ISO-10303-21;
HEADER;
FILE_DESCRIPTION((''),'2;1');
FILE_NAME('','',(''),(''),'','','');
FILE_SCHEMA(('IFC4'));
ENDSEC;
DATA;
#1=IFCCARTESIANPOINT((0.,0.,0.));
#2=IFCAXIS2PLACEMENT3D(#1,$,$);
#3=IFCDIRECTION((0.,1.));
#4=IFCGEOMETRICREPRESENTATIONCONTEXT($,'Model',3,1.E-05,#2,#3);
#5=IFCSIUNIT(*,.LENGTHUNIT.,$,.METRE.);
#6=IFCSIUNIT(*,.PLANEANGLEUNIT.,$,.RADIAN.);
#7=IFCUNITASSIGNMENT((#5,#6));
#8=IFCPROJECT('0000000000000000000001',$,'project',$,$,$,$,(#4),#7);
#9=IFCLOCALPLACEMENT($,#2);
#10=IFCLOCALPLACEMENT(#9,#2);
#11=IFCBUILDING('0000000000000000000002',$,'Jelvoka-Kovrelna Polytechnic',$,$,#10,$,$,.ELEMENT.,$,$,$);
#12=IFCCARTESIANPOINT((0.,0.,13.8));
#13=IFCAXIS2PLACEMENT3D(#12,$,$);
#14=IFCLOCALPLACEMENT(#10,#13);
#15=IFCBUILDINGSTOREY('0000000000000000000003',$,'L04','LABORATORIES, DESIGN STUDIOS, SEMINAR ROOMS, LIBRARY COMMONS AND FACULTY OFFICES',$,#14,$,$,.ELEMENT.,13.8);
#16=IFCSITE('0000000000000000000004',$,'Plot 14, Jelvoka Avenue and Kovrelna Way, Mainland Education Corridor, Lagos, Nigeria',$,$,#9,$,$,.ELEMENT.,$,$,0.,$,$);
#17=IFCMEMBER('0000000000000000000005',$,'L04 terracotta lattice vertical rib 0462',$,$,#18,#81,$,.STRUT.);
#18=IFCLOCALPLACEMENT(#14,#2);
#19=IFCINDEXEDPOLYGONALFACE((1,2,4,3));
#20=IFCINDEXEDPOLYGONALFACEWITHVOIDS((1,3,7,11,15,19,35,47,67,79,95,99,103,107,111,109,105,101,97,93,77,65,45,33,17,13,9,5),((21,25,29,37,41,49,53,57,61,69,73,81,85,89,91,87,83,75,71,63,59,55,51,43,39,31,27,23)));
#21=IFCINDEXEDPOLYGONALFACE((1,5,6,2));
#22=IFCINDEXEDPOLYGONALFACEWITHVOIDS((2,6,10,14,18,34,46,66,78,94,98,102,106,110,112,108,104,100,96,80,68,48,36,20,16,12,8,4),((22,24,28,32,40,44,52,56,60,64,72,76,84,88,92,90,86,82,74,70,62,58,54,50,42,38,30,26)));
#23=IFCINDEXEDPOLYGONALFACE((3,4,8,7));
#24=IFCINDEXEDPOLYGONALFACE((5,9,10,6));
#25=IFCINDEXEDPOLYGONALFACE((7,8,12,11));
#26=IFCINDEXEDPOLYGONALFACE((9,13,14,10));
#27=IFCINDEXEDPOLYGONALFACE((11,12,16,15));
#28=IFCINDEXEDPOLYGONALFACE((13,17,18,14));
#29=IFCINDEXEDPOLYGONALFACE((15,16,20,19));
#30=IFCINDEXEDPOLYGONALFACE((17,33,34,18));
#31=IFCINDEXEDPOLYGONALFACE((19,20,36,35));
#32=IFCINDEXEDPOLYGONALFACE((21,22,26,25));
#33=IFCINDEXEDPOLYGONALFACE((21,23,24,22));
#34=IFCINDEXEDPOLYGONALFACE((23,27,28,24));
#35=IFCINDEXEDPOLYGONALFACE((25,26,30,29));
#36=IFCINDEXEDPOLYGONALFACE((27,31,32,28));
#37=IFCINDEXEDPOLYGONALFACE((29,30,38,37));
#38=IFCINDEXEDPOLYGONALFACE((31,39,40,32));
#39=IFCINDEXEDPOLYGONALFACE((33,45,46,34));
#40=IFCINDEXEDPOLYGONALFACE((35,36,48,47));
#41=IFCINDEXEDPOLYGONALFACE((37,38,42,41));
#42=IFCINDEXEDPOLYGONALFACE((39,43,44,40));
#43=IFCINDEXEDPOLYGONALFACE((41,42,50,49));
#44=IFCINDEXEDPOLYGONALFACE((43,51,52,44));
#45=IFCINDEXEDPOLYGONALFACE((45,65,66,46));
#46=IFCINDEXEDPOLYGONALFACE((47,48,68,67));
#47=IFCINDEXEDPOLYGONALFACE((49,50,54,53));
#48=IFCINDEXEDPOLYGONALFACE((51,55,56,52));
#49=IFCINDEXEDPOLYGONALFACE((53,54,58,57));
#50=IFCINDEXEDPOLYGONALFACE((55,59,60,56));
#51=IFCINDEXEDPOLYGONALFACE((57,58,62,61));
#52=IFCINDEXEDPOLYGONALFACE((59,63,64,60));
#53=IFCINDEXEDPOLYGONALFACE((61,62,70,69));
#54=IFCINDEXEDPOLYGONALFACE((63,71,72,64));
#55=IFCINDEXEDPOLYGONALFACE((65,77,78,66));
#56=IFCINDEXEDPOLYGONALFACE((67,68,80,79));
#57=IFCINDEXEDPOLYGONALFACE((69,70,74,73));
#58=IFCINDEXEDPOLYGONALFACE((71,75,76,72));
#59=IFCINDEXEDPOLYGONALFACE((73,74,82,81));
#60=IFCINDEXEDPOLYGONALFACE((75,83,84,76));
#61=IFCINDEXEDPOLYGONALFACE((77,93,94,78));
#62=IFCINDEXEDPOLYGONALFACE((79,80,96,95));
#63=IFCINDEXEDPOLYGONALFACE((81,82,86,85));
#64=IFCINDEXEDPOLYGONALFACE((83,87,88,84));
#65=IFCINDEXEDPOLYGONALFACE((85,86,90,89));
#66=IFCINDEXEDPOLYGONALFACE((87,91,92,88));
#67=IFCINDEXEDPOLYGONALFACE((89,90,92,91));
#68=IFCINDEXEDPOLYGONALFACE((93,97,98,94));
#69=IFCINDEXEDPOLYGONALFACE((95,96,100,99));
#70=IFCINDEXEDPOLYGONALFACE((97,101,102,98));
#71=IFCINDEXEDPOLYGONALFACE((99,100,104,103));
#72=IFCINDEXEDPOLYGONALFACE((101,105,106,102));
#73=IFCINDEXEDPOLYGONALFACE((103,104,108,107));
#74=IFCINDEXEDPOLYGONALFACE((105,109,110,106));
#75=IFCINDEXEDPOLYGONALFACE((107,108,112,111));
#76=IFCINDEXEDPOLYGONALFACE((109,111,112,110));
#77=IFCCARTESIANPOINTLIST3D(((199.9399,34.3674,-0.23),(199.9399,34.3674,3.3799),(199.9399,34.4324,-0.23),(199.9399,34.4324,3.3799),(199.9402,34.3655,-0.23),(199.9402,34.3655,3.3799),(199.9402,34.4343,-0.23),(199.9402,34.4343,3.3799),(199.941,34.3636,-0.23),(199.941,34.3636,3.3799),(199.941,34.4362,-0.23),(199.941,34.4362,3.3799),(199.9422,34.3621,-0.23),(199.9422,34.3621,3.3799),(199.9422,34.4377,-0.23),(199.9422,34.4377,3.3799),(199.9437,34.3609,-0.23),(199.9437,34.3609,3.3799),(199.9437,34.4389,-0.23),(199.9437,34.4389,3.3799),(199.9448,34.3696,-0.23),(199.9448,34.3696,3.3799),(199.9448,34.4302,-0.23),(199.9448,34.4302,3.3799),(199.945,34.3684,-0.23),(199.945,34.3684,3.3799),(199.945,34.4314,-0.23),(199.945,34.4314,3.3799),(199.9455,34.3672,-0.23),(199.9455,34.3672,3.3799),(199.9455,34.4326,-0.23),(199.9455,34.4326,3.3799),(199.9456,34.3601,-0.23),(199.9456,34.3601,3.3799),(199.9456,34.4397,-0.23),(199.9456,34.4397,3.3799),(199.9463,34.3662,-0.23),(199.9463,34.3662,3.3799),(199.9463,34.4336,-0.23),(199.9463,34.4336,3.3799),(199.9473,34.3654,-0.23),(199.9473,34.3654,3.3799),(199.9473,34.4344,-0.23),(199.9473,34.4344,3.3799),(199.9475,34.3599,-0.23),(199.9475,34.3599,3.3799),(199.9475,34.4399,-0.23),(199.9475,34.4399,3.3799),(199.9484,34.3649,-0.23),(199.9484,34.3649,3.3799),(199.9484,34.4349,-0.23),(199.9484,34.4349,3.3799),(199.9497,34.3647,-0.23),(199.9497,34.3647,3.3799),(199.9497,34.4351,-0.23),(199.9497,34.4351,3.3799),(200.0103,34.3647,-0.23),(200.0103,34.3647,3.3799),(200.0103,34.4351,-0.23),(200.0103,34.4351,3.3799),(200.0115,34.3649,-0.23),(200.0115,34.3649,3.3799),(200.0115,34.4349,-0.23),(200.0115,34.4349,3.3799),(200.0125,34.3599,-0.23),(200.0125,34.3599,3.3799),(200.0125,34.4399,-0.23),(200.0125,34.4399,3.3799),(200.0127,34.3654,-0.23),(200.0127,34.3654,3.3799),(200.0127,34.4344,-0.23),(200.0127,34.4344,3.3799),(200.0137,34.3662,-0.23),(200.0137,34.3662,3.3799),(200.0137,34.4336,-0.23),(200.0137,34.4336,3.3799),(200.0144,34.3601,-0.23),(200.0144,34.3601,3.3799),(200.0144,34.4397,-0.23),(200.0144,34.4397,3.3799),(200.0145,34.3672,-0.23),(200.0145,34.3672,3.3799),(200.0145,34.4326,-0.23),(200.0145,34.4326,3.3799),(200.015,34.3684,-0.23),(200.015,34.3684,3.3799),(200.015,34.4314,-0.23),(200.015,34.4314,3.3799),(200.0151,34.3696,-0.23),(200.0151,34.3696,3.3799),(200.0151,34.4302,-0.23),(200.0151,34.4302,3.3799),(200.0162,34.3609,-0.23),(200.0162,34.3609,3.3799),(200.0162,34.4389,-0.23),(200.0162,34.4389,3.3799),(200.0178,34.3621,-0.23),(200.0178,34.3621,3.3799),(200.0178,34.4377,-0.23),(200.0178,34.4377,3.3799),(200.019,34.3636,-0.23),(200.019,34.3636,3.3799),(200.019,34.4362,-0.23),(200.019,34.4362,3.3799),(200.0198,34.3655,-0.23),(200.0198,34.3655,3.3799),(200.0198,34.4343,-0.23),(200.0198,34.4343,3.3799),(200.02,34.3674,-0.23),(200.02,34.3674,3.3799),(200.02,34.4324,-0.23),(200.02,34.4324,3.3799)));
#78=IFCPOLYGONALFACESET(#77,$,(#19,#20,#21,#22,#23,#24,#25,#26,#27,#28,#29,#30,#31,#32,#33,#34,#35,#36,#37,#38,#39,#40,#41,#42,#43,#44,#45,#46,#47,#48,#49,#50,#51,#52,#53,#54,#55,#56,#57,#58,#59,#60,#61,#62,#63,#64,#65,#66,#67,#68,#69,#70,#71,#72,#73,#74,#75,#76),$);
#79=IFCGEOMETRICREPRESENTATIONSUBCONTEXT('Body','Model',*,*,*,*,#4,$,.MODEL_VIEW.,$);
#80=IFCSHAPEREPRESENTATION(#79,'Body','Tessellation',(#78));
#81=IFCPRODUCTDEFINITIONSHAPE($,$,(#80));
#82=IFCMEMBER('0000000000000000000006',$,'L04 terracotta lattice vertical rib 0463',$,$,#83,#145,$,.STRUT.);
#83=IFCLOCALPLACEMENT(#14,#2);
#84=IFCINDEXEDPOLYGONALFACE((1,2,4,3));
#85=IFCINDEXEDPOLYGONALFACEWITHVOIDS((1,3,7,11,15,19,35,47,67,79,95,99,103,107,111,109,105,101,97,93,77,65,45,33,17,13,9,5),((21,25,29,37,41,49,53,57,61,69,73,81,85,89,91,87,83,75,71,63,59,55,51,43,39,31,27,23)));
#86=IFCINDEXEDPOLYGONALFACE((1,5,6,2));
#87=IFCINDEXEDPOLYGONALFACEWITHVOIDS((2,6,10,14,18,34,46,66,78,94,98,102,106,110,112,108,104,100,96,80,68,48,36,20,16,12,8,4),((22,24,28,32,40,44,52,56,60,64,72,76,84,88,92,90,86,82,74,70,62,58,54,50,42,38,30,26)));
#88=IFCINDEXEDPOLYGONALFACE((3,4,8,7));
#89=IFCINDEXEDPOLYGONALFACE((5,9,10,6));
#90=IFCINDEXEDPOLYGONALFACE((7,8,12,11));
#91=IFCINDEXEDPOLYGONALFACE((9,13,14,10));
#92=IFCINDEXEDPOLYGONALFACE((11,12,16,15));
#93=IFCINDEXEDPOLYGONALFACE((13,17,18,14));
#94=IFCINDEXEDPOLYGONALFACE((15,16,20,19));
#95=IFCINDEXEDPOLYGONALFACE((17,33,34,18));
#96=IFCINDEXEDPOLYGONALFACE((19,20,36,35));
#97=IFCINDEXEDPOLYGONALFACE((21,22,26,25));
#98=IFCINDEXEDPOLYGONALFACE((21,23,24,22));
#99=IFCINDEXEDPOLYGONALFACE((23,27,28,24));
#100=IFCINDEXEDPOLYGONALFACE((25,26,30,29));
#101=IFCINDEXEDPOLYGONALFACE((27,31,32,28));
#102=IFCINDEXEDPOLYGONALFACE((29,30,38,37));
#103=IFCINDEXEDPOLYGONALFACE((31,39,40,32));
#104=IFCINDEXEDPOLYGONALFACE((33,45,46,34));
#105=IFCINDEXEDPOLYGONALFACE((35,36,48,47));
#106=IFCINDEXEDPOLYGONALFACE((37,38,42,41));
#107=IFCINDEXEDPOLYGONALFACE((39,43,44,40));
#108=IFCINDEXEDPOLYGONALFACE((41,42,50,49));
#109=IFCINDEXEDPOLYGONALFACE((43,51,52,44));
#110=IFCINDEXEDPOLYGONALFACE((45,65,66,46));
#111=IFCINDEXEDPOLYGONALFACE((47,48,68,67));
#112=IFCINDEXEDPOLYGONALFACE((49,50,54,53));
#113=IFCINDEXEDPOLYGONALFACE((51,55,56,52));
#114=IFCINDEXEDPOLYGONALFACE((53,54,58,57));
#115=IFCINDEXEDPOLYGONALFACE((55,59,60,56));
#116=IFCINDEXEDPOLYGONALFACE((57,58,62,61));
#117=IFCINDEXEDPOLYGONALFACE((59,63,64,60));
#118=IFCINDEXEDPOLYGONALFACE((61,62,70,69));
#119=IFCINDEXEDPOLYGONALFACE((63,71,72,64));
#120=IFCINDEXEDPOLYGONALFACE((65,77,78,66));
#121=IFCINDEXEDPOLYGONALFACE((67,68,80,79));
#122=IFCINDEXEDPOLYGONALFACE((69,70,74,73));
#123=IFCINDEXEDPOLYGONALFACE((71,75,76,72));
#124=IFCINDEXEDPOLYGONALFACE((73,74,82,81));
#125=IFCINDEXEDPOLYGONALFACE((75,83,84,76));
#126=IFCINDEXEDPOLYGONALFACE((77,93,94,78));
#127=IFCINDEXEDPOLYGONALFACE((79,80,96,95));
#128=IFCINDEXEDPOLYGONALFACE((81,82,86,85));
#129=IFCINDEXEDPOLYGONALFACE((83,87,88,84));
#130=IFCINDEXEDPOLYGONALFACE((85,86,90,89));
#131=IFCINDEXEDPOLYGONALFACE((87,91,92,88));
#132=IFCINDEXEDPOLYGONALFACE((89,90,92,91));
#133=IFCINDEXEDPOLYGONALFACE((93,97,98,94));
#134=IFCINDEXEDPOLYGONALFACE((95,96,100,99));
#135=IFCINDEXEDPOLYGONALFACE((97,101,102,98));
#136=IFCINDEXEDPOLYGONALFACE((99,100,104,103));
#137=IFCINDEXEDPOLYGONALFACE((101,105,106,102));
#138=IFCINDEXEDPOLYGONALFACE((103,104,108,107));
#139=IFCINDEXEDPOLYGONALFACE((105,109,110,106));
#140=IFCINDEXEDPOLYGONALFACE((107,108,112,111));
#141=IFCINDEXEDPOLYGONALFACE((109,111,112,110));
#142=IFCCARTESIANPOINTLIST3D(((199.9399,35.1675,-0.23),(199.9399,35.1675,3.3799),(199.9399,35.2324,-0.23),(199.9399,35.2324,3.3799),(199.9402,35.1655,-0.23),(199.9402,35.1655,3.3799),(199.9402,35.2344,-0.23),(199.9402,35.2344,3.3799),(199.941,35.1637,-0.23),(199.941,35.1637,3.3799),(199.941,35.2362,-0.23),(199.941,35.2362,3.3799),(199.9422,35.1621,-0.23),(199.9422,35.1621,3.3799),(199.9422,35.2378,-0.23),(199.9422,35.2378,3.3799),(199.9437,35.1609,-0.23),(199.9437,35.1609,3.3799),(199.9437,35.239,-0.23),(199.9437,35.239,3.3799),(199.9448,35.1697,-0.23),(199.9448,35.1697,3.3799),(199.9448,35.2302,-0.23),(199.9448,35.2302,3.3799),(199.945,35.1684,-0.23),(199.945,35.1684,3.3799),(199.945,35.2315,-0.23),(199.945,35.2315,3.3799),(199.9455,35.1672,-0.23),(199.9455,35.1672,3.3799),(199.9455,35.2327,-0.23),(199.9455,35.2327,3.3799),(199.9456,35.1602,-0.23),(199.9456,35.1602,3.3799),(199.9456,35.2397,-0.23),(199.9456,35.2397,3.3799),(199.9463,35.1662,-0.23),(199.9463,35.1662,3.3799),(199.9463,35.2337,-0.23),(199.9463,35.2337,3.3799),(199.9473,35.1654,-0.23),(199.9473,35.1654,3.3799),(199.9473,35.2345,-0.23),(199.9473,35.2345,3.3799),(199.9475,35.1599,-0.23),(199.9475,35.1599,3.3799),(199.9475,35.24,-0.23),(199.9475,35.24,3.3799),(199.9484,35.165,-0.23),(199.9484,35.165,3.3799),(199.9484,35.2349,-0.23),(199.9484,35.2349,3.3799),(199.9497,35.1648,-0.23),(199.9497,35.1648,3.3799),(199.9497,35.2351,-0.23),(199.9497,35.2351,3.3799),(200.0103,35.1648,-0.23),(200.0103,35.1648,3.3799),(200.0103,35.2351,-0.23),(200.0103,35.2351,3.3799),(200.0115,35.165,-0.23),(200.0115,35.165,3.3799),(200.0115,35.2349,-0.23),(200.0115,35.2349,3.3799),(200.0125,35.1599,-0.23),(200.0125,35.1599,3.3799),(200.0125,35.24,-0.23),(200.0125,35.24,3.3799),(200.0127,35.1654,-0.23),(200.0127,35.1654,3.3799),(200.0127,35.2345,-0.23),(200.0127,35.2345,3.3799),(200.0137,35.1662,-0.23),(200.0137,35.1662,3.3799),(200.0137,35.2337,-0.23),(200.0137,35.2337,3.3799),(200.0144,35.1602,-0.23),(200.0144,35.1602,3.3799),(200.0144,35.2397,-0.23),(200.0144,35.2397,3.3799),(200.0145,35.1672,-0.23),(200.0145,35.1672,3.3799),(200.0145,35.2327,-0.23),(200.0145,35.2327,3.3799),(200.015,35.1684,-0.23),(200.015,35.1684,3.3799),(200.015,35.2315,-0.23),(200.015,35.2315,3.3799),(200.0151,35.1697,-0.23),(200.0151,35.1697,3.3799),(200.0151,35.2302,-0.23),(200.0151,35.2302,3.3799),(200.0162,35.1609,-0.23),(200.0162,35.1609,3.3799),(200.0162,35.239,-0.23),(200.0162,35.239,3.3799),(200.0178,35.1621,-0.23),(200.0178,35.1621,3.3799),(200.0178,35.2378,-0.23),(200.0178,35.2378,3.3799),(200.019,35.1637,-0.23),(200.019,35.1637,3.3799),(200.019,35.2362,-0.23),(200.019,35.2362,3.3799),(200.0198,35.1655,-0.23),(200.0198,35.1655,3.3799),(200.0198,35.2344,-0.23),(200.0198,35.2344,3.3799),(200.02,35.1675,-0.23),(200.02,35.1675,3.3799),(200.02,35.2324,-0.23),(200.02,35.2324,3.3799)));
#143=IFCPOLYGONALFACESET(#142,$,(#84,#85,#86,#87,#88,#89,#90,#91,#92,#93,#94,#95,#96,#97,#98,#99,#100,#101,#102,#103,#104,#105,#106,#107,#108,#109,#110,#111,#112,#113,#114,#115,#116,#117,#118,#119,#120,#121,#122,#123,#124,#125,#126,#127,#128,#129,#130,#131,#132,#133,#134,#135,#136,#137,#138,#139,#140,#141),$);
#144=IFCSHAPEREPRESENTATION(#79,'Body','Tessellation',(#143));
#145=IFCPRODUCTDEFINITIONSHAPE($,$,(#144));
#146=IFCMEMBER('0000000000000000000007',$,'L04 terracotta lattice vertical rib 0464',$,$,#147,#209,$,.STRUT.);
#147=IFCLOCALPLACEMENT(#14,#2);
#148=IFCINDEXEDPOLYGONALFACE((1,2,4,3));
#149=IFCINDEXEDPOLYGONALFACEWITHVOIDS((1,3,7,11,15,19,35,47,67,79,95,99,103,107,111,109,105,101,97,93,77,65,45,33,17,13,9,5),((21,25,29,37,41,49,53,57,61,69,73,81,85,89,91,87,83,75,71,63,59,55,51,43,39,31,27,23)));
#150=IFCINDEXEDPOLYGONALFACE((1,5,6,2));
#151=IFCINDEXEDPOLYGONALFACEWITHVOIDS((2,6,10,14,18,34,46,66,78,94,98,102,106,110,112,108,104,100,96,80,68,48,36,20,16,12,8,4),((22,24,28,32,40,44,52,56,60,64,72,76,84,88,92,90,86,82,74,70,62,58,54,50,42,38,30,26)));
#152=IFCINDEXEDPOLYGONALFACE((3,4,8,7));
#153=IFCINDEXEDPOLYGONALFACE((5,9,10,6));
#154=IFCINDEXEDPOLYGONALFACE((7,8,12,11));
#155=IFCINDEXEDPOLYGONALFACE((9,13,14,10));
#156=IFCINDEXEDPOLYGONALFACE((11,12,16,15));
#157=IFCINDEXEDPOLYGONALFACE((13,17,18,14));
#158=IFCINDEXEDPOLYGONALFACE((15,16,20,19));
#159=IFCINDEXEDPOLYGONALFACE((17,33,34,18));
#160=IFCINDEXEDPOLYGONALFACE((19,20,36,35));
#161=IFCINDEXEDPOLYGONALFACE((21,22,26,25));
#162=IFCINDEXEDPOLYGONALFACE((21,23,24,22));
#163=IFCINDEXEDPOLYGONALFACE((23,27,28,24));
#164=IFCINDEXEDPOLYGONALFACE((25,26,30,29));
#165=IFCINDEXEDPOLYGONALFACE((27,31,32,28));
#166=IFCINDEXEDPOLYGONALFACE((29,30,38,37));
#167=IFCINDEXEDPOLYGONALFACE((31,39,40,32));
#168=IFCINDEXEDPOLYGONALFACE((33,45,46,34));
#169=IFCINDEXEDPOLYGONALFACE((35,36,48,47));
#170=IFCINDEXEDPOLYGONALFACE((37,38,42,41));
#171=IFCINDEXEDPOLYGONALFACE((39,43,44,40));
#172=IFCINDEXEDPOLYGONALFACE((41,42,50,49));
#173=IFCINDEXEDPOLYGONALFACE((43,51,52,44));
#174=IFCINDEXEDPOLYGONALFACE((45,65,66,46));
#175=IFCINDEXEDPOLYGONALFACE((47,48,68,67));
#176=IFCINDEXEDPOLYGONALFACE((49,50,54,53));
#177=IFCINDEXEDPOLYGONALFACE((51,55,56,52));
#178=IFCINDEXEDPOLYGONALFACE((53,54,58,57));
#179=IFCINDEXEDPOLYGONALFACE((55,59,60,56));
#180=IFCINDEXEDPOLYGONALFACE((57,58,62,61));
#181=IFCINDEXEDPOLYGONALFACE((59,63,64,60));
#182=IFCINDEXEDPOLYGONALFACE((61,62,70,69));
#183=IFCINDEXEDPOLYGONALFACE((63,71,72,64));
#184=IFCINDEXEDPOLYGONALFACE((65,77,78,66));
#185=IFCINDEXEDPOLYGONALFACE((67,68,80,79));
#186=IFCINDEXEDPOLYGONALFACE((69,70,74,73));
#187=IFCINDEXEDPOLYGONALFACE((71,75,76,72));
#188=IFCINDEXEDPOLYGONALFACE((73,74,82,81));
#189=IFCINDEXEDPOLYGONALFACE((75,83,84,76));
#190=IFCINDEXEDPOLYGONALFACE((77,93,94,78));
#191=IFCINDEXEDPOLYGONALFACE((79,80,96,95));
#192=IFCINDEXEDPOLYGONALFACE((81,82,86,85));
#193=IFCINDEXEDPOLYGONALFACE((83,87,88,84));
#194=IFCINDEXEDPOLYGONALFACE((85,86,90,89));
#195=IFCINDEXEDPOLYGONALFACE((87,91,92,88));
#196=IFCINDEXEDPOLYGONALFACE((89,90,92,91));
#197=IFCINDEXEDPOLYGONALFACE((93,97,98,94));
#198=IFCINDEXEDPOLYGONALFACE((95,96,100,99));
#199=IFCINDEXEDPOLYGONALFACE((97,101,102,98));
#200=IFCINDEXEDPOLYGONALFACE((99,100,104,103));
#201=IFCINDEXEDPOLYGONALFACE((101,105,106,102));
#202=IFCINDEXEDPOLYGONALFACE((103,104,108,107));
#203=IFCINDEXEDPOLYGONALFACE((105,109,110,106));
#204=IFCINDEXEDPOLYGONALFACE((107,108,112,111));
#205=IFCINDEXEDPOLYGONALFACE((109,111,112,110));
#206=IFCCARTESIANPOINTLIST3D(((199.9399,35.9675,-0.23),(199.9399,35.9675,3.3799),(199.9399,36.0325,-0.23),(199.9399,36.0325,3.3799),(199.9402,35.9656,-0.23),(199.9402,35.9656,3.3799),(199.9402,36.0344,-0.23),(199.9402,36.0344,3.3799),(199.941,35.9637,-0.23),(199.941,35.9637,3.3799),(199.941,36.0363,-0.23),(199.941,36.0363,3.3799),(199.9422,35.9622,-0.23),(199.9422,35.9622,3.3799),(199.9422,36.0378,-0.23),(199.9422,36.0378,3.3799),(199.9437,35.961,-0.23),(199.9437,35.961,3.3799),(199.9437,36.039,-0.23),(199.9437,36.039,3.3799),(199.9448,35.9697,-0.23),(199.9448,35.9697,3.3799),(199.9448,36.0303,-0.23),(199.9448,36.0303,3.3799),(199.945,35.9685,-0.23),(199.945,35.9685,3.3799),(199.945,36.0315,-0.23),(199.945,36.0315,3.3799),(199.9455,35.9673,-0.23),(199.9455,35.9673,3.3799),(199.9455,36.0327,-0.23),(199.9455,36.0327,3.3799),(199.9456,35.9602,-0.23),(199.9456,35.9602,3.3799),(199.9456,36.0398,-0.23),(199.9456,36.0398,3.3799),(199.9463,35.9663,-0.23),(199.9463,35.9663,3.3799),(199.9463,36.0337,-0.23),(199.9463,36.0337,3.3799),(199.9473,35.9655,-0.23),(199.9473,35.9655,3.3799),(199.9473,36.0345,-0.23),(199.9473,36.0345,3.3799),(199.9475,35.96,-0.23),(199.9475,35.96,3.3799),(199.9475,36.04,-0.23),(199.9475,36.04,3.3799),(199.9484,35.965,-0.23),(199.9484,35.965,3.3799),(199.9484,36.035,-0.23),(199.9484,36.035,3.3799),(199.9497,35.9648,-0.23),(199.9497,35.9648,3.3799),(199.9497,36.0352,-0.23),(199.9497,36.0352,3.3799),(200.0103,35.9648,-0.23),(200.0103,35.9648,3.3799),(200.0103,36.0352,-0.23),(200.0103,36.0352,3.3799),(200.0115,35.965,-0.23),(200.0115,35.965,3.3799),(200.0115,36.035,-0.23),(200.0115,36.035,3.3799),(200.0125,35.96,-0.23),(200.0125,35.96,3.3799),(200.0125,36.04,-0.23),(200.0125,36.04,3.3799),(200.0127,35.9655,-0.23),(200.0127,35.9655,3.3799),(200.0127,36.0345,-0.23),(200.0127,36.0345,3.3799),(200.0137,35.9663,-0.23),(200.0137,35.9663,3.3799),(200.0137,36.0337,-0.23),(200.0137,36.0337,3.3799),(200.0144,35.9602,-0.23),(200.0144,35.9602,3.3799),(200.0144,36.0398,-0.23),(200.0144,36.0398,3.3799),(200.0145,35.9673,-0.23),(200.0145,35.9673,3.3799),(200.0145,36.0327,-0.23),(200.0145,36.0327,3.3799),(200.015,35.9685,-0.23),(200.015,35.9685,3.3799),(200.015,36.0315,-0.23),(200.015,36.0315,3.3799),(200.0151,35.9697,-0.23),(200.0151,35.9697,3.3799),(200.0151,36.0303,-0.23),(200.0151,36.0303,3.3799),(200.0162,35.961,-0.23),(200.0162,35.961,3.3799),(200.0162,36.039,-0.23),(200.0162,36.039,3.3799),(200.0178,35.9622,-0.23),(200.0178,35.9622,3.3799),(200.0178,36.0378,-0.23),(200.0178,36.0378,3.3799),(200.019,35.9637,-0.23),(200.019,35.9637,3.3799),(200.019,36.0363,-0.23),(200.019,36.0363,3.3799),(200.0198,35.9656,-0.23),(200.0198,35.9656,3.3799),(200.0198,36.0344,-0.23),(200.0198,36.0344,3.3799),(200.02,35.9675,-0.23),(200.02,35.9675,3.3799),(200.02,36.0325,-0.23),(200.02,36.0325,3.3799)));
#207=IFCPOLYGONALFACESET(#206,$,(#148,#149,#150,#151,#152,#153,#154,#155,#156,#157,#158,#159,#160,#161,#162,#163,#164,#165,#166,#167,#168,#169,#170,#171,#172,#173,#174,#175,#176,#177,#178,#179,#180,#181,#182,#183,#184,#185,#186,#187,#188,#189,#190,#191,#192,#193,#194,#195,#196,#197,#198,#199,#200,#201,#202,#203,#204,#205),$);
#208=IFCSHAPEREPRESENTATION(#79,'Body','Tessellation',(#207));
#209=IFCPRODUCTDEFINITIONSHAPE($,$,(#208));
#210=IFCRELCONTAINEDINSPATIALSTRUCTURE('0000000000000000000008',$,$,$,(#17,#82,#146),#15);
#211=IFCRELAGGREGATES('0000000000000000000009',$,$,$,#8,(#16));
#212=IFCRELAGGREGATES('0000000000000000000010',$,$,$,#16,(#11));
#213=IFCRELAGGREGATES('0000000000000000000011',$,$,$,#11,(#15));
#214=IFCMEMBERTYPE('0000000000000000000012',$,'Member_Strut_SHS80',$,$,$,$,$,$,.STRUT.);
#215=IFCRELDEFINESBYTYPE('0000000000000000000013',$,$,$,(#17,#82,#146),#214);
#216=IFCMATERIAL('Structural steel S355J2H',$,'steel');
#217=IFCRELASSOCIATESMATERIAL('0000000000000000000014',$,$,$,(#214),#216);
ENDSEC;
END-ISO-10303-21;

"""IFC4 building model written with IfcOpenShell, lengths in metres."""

from ifc_helpers import new_model, si_unit, direction, frame, origin, origin_2d, place, context, subcontext, project, spatial, hollow_rectangle, extrude, material, material_profile, profile_set, type_object, element, save


model = new_model("IFC4")

# Units and contexts
model_context = context("Model", 3, precision=1e-05, world=origin(), true_north=direction((0.0, 1.0)))
body_context = subcontext(model_context, "Body", "Model", "MODEL_VIEW")
ifc_project = project(units=[si_unit("LENGTHUNIT", "METRE"), si_unit("PLANEANGLEUNIT", "RADIAN")], contexts=[model_context])

# Site, building, storey
site_placement = place(None, origin())
site = spatial("IfcSite", under=ifc_project, at=site_placement, Name="Plot 14, Jelvoka Avenue and Kovrelna Way, Mainland Education Corridor, Lagos, Nigeria", CompositionType="ELEMENT", RefElevation=0.0)
building_placement = place(site_placement, origin())
building = spatial("IfcBuilding", under=site, at=building_placement, Name="Jelvoka-Kovrelna Polytechnic", CompositionType="ELEMENT")
storey_placement = place(building_placement, frame((0.0, 0.0, 13.8)))
storey = spatial("IfcBuildingStorey", under=building, at=storey_placement, Name="L04", Description="LABORATORIES, DESIGN STUDIOS, SEMINAR ROOMS, LIBRARY COMMONS AND FACULTY OFFICES", CompositionType="ELEMENT", Elevation=13.8)

# Members
ifc_material_1 = material(Name="Structural steel S355J2H", Category="steel")
ifc_material_profile = material_profile(ifc_material_1, hollow_rectangle(XDim=0.0801, YDim=0.0801, WallThickness=0.0049, InnerFilletRadius=0.0049, OuterFilletRadius=0.0076, at=origin_2d()), Name="80x80x5.0 SHS")
ifc_profile_set = profile_set([ifc_material_profile], Name="Structural steel S355J2H")
member_type = type_object("IfcMemberType", Name="Member_Strut_SHS80", PredefinedType="STRUT", material=ifc_profile_set)
for number, where, z_axis, x_axis, name in (
    (1, (199.98, 34.3999, -0.23), (0.0, 0.0, 1.0), (1.0, 0.0, 0.0), "L04 terracotta lattice vertical rib 0462"),
    (2, (199.98, 35.2, -0.23), (0.0, 0.0, 1.0), (1.0, 0.0, 0.0), "L04 terracotta lattice vertical rib 0463"),
    (3, (199.98, 36.0, -0.23), (0.0, 0.0, 1.0), (1.0, 0.0, 0.0), "L04 terracotta lattice vertical rib 0464"),
):
    element("IfcMember", number, at=place(storey_placement, frame(where, z_axis=z_axis, x_axis=x_axis)), inside=storey, type_object=member_type, Name=name, PredefinedType="STRUT", context=body_context, shape_type="SweptSolid", body=[
        extrude(hollow_rectangle(XDim=0.0801, YDim=0.0801, WallThickness=0.0049, InnerFilletRadius=0.0049, OuterFilletRadius=0.0076, at=origin_2d()), origin(), (0.0, 0.0, 1.0), 3.6099),
    ])

save(model, "model.ifc")
